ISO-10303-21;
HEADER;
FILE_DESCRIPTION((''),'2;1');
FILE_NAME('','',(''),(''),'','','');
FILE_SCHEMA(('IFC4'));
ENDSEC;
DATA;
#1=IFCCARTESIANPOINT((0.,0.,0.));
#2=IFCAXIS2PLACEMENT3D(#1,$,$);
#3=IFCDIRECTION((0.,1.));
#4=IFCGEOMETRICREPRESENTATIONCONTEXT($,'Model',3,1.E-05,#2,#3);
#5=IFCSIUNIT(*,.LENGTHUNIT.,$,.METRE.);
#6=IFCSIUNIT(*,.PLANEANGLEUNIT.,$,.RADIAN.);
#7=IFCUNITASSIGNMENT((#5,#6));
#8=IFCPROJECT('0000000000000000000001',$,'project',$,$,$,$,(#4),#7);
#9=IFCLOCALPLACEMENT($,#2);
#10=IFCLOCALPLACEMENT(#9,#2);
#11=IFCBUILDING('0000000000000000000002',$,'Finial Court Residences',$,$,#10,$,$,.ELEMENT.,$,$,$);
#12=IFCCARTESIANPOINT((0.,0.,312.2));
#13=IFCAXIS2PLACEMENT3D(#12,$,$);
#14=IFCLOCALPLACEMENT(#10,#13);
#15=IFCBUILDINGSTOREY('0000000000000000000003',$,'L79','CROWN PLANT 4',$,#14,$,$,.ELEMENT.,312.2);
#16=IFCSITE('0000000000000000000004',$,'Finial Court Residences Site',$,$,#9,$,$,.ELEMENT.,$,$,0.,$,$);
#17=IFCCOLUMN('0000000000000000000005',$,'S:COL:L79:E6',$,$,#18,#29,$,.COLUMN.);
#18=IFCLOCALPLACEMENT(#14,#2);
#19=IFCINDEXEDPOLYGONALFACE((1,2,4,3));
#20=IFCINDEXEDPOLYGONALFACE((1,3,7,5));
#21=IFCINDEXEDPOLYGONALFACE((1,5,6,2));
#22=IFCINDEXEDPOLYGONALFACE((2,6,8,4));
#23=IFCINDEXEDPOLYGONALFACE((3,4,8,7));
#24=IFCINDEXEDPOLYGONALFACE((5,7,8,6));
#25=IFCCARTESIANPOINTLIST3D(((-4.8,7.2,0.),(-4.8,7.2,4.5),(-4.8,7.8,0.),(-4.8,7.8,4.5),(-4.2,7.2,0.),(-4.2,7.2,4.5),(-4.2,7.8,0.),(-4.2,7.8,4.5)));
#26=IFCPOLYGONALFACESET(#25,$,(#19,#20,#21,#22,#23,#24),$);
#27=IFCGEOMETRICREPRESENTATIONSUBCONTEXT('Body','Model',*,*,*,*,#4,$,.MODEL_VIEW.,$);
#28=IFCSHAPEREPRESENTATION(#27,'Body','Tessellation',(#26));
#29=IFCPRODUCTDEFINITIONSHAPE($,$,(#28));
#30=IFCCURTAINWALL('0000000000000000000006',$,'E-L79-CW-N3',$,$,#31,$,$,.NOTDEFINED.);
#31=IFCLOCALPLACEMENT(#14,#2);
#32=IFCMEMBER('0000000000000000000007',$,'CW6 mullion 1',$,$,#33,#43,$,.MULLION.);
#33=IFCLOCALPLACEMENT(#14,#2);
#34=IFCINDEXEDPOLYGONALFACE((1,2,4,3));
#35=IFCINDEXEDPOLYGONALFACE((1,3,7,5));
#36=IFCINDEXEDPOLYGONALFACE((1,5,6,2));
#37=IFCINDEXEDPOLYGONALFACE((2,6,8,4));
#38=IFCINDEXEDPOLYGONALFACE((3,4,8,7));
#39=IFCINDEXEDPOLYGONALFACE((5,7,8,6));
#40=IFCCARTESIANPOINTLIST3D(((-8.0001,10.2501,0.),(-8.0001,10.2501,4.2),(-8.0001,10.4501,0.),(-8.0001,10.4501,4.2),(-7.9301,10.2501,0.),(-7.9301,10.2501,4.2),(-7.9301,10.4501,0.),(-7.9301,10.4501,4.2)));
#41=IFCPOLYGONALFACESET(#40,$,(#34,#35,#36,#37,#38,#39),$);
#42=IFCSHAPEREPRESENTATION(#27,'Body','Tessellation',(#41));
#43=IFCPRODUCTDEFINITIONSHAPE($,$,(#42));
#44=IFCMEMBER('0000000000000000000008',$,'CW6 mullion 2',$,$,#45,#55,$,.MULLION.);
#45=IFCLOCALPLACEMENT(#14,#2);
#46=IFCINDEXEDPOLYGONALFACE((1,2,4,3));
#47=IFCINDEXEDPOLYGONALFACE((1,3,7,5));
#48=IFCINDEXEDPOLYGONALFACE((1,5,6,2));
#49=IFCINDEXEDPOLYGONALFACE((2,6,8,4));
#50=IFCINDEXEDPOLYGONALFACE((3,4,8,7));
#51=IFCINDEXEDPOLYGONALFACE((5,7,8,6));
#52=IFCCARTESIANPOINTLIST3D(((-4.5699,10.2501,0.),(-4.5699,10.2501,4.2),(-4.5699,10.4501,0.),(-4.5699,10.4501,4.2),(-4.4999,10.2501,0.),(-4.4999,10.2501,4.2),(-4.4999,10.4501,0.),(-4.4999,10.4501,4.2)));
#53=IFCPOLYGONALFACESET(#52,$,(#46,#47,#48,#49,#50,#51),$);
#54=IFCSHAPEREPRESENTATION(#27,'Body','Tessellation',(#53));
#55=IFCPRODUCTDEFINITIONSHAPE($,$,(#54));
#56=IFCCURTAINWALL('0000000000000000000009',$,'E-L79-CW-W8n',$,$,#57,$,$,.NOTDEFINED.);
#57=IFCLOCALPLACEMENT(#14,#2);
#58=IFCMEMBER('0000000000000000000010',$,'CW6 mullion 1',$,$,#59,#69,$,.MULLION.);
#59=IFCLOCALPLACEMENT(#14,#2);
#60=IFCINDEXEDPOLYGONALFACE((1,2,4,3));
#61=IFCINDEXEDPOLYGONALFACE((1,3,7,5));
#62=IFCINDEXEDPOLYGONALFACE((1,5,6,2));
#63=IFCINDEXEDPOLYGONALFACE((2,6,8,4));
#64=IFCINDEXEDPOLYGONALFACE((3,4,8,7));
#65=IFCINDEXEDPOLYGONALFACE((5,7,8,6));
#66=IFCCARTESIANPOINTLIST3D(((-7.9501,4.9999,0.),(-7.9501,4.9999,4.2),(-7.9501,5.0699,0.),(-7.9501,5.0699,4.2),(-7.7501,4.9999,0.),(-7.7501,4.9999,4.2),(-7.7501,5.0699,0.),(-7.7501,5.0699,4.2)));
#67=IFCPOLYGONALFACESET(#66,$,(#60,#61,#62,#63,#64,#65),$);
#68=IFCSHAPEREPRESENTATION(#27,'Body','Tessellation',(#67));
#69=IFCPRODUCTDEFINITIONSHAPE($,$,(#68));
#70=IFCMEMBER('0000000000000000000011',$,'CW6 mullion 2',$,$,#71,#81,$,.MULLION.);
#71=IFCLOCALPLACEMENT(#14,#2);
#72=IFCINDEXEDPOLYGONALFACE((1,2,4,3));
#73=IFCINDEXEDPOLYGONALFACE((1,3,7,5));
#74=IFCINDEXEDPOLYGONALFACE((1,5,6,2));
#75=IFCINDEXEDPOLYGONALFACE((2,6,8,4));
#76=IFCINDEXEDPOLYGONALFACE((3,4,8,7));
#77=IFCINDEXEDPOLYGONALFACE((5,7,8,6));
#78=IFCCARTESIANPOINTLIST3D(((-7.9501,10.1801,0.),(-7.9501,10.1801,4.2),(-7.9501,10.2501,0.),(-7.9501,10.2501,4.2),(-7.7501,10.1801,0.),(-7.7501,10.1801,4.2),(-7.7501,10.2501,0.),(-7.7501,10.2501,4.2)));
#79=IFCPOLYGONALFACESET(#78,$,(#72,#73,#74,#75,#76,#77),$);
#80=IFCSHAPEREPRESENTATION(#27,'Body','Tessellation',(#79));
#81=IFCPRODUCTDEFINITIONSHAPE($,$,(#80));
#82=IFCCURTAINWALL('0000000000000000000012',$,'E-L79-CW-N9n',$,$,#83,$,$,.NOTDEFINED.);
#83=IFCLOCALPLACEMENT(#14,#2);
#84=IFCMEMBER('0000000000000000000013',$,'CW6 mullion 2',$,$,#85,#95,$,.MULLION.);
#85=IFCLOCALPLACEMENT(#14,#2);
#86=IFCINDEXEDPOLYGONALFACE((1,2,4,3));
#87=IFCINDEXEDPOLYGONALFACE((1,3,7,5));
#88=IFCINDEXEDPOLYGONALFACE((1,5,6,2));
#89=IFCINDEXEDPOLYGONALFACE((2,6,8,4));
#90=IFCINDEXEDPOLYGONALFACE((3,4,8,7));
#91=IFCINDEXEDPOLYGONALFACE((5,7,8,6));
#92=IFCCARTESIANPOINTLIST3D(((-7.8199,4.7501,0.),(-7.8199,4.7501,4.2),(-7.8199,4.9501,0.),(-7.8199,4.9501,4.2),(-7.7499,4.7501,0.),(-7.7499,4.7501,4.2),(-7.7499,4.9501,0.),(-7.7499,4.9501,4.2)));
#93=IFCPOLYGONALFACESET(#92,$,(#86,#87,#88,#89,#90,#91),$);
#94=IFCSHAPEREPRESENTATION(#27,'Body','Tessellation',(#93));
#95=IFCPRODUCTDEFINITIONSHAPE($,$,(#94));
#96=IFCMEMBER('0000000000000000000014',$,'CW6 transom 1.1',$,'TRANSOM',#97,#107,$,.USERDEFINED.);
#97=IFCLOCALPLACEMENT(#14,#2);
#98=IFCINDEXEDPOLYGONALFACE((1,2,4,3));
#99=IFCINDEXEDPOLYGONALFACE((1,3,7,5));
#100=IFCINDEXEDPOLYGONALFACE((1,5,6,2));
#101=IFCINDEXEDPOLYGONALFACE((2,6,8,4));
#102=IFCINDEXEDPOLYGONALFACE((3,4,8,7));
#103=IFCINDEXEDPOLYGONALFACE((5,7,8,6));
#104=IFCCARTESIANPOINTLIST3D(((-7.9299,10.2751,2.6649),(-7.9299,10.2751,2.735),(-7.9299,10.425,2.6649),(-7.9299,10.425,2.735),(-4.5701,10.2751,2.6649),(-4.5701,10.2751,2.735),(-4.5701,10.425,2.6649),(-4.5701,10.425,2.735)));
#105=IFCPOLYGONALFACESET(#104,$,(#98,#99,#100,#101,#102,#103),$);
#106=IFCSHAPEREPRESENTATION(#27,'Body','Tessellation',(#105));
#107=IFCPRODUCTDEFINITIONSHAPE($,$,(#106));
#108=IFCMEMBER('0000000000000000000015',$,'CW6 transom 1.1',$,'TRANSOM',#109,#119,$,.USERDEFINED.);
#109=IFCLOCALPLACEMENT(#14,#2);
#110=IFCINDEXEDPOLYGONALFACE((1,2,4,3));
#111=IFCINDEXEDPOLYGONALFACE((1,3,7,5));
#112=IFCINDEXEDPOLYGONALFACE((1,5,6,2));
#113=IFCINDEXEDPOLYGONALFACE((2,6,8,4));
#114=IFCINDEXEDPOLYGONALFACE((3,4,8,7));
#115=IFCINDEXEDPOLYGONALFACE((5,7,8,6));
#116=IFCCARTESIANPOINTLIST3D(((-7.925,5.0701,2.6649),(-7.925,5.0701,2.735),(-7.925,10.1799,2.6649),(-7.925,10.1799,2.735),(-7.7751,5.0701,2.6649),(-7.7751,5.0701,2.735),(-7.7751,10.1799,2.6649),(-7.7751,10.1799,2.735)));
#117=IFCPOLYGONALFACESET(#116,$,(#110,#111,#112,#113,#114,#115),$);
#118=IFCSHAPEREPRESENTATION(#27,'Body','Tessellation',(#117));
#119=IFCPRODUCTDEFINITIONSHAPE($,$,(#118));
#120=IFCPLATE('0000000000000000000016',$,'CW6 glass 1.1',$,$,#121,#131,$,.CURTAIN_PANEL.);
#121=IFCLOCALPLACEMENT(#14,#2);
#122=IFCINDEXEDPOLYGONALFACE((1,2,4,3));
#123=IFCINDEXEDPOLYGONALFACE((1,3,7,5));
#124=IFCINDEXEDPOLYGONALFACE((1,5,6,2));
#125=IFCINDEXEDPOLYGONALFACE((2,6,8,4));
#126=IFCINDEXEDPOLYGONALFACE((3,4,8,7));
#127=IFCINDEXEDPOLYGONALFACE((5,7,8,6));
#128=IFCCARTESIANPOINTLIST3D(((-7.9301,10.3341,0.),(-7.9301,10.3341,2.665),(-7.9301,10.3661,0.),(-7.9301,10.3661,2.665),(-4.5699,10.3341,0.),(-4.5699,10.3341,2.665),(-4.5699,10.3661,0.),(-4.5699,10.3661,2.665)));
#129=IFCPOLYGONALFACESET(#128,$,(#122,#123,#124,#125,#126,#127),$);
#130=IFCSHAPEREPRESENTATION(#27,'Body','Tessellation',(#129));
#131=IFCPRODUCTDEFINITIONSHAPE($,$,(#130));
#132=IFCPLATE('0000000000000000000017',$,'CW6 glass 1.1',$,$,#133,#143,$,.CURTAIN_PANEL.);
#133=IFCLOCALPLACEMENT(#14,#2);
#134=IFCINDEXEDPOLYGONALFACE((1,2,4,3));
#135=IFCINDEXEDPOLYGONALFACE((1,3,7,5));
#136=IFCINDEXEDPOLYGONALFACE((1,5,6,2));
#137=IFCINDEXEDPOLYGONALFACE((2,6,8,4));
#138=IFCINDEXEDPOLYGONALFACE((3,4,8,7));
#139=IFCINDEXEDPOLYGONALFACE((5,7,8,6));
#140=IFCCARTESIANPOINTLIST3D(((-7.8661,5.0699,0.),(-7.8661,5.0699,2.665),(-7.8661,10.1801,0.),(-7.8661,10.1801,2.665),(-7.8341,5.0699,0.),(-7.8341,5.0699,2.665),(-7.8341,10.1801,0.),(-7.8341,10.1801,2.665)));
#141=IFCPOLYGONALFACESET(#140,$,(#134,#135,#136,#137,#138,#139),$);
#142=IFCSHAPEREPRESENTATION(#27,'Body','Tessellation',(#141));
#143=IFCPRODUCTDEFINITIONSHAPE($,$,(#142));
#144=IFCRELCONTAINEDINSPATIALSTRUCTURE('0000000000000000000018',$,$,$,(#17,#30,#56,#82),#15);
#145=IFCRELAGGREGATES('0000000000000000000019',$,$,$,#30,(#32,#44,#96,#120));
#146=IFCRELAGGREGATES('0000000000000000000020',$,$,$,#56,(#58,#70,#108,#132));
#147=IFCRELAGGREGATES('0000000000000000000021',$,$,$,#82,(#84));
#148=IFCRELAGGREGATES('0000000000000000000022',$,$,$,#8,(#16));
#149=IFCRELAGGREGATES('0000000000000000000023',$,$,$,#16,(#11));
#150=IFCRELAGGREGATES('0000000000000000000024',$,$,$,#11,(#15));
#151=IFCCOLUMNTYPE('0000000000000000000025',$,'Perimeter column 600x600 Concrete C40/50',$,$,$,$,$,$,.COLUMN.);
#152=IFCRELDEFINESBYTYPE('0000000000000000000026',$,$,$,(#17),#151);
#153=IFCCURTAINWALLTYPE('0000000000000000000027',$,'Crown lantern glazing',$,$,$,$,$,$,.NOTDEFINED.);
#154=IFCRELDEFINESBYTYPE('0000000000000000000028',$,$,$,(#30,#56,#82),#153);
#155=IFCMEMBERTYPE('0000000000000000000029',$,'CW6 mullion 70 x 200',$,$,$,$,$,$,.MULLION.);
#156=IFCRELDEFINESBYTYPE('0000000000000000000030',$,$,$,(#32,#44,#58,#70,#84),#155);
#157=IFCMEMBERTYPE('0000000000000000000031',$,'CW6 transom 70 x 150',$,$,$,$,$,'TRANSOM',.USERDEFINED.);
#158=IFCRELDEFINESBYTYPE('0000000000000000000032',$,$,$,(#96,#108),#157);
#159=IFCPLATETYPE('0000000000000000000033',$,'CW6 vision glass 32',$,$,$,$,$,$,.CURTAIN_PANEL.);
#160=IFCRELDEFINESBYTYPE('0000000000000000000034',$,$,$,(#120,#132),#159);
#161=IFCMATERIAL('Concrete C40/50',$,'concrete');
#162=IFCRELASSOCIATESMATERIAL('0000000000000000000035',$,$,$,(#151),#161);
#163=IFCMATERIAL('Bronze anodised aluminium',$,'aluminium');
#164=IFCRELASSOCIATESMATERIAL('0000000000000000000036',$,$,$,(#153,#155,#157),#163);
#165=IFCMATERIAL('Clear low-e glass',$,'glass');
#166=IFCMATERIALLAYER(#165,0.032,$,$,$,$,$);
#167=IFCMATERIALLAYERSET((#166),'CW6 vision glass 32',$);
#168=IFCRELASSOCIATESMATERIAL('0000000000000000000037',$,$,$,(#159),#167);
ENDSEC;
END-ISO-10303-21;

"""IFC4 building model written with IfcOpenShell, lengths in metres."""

from ifc_helpers import new_model, si_unit, direction, frame, origin, origin_2d, place, context, subcontext, project, spatial, rectangle, extrude, material, layer, layer_set, material_profile, profile_set, type_object, element, aggregate, save


model = new_model("IFC4")

# Units and contexts
model_context = context("Model", 3, precision=1e-05, world=origin(), true_north=direction((0.0, 1.0)))
body_context = subcontext(model_context, "Body", "Model", "MODEL_VIEW")
ifc_project = project(units=[si_unit("LENGTHUNIT", "METRE"), si_unit("PLANEANGLEUNIT", "RADIAN")], contexts=[model_context])

# Site, building, storey
site_placement = place(None, origin())
site = spatial("IfcSite", under=ifc_project, at=site_placement, Name="Finial Court Residences Site", CompositionType="ELEMENT", RefElevation=0.0)
building_placement = place(site_placement, origin())
building = spatial("IfcBuilding", under=site, at=building_placement, Name="Finial Court Residences", CompositionType="ELEMENT")
storey_placement = place(building_placement, frame((0.0, 0.0, 312.2)))
storey = spatial("IfcBuildingStorey", under=building, at=storey_placement, Name="L79", Description="CROWN PLANT 4", CompositionType="ELEMENT", Elevation=312.2)

# Column
ifc_material_1 = material(Name="Concrete C40/50", Category="concrete")
ifc_material_profile_1 = material_profile(ifc_material_1, rectangle(XDim=0.6001, YDim=0.6001, at=origin_2d()), Name="600x600")
ifc_profile_set_1 = profile_set([ifc_material_profile_1], Name="Concrete C40/50")
column_type = type_object("IfcColumnType", Name="Perimeter column 600x600 Concrete C40/50", PredefinedType="COLUMN", material=ifc_profile_set_1)
column_placement = place(storey_placement, frame((-4.5, 7.5, 0.0), z_axis=(0.0, 0.0, 1.0), x_axis=(1.0, 0.0, 0.0)))
element("IfcColumn", 1, at=column_placement, inside=storey, type_object=column_type, Name="S:COL:L79:E6", PredefinedType="COLUMN", context=body_context, shape_type="SweptSolid", body=[
    extrude(rectangle(XDim=0.6001, YDim=0.6001, at=origin_2d()), origin(), (0.0, 0.0, 1.0), 4.5),
])

# Curtain walls, members
ifc_material_2 = material(Name="Bronze anodised aluminium", Category="aluminium")
curtain_wall_type = type_object("IfcCurtainWallType", Name="Crown lantern glazing", PredefinedType="NOTDEFINED", material=ifc_material_2)
curtain_wall_1_placement = place(storey_placement, origin())
curtain_wall_1 = element("IfcCurtainWall", 2, at=curtain_wall_1_placement, inside=storey, type_object=curtain_wall_type, Name="E-L79-CW-N3", PredefinedType="NOTDEFINED")
ifc_material_profile_2 = material_profile(ifc_material_2, rectangle(XDim=0.2, YDim=0.0701, at=origin_2d()), Name="CW6 mullion 70 x 200")
ifc_profile_set_2 = profile_set([ifc_material_profile_2], Name="Bronze anodised aluminium")
member_type_1 = type_object("IfcMemberType", Name="CW6 mullion 70 x 200", PredefinedType="MULLION", material=ifc_profile_set_2)
member_1_placement = place(storey_placement, frame((-7.9651, 10.3501, 0.0), z_axis=(0.0, 0.0, 1.0), x_axis=(0.0, 1.0, 0.0)))
member_1 = element("IfcMember", 3, at=member_1_placement, type_object=member_type_1, Name="CW6 mullion 1", PredefinedType="MULLION", context=body_context, shape_type="SweptSolid", body=[
    extrude(rectangle(XDim=0.2, YDim=0.0701, at=origin_2d()), origin(), (0.0, 0.0, 1.0), 4.2),
])
member_2_placement = place(storey_placement, frame((-4.5349, 10.3501, 0.0), z_axis=(0.0, 0.0, 1.0), x_axis=(0.0, 1.0, 0.0)))
member_2 = element("IfcMember", 4, at=member_2_placement, type_object=member_type_1, Name="CW6 mullion 2", PredefinedType="MULLION", context=body_context, shape_type="SweptSolid", body=[
    extrude(rectangle(XDim=0.2, YDim=0.0701, at=origin_2d()), origin(), (0.0, 0.0, 1.0), 4.2),
])
curtain_wall_2_placement = place(storey_placement, origin())
curtain_wall_2 = element("IfcCurtainWall", 5, at=curtain_wall_2_placement, inside=storey, type_object=curtain_wall_type, Name="E-L79-CW-W8n", PredefinedType="NOTDEFINED")
member_3_placement = place(storey_placement, frame((-7.8501, 5.0349, 0.0), z_axis=(0.0, 0.0, 1.0), x_axis=(-1.0, 0.0, 0.0)))
member_3 = element("IfcMember", 6, at=member_3_placement, type_object=member_type_1, Name="CW6 mullion 1", PredefinedType="MULLION", context=body_context, shape_type="SweptSolid", body=[
    extrude(rectangle(XDim=0.2, YDim=0.0701, at=origin_2d()), origin(), (0.0, 0.0, 1.0), 4.2),
])
member_4_placement = place(storey_placement, frame((-7.8501, 10.2151, 0.0), z_axis=(0.0, 0.0, 1.0), x_axis=(-1.0, 0.0, 0.0)))
member_4 = element("IfcMember", 7, at=member_4_placement, type_object=member_type_1, Name="CW6 mullion 2", PredefinedType="MULLION", context=body_context, shape_type="SweptSolid", body=[
    extrude(rectangle(XDim=0.2, YDim=0.0701, at=origin_2d()), origin(), (0.0, 0.0, 1.0), 4.2),
])

# Curtain wall, member
curtain_wall_3_placement = place(storey_placement, origin())
curtain_wall_3 = element("IfcCurtainWall", 8, at=curtain_wall_3_placement, inside=storey, type_object=curtain_wall_type, Name="E-L79-CW-N9n", PredefinedType="NOTDEFINED")
member_5_placement = place(storey_placement, frame((-7.7849, 4.8501, 0.0), z_axis=(0.0, 0.0, 1.0), x_axis=(0.0, 1.0, 0.0)))
member_5 = element("IfcMember", 9, at=member_5_placement, type_object=member_type_1, Name="CW6 mullion 2", PredefinedType="MULLION", context=body_context, shape_type="SweptSolid", body=[
    extrude(rectangle(XDim=0.2, YDim=0.0701, at=origin_2d()), origin(), (0.0, 0.0, 1.0), 4.2),
])

# Members
ifc_material_profile_3 = material_profile(ifc_material_2, rectangle(XDim=0.1499, YDim=0.0701, at=origin_2d()), Name="CW6 transom 70 x 150")
ifc_profile_set_3 = profile_set([ifc_material_profile_3], Name="Bronze anodised aluminium")
member_type_2 = type_object("IfcMemberType", Name="CW6 transom 70 x 150", ElementType="TRANSOM", PredefinedType="USERDEFINED", material=ifc_profile_set_3)
member_6_placement = place(storey_placement, frame((-7.9299, 10.3501, 2.7), z_axis=(1.0, 0.0, 0.0), x_axis=(0.0, 1.0, 0.0)))
member_6 = element("IfcMember", 10, at=member_6_placement, type_object=member_type_2, Name="CW6 transom 1.1", ObjectType="TRANSOM", PredefinedType="USERDEFINED", context=body_context, shape_type="SweptSolid", body=[
    extrude(rectangle(XDim=0.1499, YDim=0.0701, at=origin_2d()), origin(), (0.0, 0.0, 1.0), 3.3599),
])
member_7_placement = place(storey_placement, frame((-7.8501, 5.0701, 2.7), z_axis=(0.0, 1.0, 0.0), x_axis=(-1.0, 0.0, 0.0)))
member_7 = element("IfcMember", 11, at=member_7_placement, type_object=member_type_2, Name="CW6 transom 1.1", ObjectType="TRANSOM", PredefinedType="USERDEFINED", context=body_context, shape_type="SweptSolid", body=[
    extrude(rectangle(XDim=0.1499, YDim=0.0701, at=origin_2d()), origin(), (0.0, 0.0, 1.0), 5.1099),
])

# Plates
ifc_material_3 = material(Name="Clear low-e glass", Category="glass")
ifc_layer_1 = layer(ifc_material_3, 0.032)
ifc_layer_set_1 = layer_set([ifc_layer_1], Name="CW6 vision glass 32")
plate_type = type_object("IfcPlateType", Name="CW6 vision glass 32", PredefinedType="CURTAIN_PANEL", material=ifc_layer_set_1)
plate_1_placement = place(storey_placement, frame((-6.25, 10.3501, 0.0), z_axis=(0.0, 0.0, 1.0), x_axis=(1.0, 0.0, 0.0)))
plate_1 = element("IfcPlate", 12, at=plate_1_placement, type_object=plate_type, Name="CW6 glass 1.1", PredefinedType="CURTAIN_PANEL", context=body_context, shape_type="SweptSolid", body=[
    extrude(rectangle(XDim=3.3601, YDim=0.032, at=origin_2d()), origin(), (0.0, 0.0, 1.0), 2.665),
])
plate_2_placement = place(storey_placement, frame((-7.8501, 7.625, 0.0), z_axis=(0.0, 0.0, 1.0), x_axis=(0.0, 1.0, 0.0)))
plate_2 = element("IfcPlate", 13, at=plate_2_placement, type_object=plate_type, Name="CW6 glass 1.1", PredefinedType="CURTAIN_PANEL", context=body_context, shape_type="SweptSolid", body=[
    extrude(rectangle(XDim=5.1101, YDim=0.032, at=origin_2d()), origin(), (0.0, 0.0, 1.0), 2.665),
])

aggregate(curtain_wall_1, [member_1, member_2, member_6, plate_1])
aggregate(curtain_wall_2, [member_3, member_4, member_7, plate_2])
aggregate(curtain_wall_3, [member_5])

save(model, "model.ifc")
